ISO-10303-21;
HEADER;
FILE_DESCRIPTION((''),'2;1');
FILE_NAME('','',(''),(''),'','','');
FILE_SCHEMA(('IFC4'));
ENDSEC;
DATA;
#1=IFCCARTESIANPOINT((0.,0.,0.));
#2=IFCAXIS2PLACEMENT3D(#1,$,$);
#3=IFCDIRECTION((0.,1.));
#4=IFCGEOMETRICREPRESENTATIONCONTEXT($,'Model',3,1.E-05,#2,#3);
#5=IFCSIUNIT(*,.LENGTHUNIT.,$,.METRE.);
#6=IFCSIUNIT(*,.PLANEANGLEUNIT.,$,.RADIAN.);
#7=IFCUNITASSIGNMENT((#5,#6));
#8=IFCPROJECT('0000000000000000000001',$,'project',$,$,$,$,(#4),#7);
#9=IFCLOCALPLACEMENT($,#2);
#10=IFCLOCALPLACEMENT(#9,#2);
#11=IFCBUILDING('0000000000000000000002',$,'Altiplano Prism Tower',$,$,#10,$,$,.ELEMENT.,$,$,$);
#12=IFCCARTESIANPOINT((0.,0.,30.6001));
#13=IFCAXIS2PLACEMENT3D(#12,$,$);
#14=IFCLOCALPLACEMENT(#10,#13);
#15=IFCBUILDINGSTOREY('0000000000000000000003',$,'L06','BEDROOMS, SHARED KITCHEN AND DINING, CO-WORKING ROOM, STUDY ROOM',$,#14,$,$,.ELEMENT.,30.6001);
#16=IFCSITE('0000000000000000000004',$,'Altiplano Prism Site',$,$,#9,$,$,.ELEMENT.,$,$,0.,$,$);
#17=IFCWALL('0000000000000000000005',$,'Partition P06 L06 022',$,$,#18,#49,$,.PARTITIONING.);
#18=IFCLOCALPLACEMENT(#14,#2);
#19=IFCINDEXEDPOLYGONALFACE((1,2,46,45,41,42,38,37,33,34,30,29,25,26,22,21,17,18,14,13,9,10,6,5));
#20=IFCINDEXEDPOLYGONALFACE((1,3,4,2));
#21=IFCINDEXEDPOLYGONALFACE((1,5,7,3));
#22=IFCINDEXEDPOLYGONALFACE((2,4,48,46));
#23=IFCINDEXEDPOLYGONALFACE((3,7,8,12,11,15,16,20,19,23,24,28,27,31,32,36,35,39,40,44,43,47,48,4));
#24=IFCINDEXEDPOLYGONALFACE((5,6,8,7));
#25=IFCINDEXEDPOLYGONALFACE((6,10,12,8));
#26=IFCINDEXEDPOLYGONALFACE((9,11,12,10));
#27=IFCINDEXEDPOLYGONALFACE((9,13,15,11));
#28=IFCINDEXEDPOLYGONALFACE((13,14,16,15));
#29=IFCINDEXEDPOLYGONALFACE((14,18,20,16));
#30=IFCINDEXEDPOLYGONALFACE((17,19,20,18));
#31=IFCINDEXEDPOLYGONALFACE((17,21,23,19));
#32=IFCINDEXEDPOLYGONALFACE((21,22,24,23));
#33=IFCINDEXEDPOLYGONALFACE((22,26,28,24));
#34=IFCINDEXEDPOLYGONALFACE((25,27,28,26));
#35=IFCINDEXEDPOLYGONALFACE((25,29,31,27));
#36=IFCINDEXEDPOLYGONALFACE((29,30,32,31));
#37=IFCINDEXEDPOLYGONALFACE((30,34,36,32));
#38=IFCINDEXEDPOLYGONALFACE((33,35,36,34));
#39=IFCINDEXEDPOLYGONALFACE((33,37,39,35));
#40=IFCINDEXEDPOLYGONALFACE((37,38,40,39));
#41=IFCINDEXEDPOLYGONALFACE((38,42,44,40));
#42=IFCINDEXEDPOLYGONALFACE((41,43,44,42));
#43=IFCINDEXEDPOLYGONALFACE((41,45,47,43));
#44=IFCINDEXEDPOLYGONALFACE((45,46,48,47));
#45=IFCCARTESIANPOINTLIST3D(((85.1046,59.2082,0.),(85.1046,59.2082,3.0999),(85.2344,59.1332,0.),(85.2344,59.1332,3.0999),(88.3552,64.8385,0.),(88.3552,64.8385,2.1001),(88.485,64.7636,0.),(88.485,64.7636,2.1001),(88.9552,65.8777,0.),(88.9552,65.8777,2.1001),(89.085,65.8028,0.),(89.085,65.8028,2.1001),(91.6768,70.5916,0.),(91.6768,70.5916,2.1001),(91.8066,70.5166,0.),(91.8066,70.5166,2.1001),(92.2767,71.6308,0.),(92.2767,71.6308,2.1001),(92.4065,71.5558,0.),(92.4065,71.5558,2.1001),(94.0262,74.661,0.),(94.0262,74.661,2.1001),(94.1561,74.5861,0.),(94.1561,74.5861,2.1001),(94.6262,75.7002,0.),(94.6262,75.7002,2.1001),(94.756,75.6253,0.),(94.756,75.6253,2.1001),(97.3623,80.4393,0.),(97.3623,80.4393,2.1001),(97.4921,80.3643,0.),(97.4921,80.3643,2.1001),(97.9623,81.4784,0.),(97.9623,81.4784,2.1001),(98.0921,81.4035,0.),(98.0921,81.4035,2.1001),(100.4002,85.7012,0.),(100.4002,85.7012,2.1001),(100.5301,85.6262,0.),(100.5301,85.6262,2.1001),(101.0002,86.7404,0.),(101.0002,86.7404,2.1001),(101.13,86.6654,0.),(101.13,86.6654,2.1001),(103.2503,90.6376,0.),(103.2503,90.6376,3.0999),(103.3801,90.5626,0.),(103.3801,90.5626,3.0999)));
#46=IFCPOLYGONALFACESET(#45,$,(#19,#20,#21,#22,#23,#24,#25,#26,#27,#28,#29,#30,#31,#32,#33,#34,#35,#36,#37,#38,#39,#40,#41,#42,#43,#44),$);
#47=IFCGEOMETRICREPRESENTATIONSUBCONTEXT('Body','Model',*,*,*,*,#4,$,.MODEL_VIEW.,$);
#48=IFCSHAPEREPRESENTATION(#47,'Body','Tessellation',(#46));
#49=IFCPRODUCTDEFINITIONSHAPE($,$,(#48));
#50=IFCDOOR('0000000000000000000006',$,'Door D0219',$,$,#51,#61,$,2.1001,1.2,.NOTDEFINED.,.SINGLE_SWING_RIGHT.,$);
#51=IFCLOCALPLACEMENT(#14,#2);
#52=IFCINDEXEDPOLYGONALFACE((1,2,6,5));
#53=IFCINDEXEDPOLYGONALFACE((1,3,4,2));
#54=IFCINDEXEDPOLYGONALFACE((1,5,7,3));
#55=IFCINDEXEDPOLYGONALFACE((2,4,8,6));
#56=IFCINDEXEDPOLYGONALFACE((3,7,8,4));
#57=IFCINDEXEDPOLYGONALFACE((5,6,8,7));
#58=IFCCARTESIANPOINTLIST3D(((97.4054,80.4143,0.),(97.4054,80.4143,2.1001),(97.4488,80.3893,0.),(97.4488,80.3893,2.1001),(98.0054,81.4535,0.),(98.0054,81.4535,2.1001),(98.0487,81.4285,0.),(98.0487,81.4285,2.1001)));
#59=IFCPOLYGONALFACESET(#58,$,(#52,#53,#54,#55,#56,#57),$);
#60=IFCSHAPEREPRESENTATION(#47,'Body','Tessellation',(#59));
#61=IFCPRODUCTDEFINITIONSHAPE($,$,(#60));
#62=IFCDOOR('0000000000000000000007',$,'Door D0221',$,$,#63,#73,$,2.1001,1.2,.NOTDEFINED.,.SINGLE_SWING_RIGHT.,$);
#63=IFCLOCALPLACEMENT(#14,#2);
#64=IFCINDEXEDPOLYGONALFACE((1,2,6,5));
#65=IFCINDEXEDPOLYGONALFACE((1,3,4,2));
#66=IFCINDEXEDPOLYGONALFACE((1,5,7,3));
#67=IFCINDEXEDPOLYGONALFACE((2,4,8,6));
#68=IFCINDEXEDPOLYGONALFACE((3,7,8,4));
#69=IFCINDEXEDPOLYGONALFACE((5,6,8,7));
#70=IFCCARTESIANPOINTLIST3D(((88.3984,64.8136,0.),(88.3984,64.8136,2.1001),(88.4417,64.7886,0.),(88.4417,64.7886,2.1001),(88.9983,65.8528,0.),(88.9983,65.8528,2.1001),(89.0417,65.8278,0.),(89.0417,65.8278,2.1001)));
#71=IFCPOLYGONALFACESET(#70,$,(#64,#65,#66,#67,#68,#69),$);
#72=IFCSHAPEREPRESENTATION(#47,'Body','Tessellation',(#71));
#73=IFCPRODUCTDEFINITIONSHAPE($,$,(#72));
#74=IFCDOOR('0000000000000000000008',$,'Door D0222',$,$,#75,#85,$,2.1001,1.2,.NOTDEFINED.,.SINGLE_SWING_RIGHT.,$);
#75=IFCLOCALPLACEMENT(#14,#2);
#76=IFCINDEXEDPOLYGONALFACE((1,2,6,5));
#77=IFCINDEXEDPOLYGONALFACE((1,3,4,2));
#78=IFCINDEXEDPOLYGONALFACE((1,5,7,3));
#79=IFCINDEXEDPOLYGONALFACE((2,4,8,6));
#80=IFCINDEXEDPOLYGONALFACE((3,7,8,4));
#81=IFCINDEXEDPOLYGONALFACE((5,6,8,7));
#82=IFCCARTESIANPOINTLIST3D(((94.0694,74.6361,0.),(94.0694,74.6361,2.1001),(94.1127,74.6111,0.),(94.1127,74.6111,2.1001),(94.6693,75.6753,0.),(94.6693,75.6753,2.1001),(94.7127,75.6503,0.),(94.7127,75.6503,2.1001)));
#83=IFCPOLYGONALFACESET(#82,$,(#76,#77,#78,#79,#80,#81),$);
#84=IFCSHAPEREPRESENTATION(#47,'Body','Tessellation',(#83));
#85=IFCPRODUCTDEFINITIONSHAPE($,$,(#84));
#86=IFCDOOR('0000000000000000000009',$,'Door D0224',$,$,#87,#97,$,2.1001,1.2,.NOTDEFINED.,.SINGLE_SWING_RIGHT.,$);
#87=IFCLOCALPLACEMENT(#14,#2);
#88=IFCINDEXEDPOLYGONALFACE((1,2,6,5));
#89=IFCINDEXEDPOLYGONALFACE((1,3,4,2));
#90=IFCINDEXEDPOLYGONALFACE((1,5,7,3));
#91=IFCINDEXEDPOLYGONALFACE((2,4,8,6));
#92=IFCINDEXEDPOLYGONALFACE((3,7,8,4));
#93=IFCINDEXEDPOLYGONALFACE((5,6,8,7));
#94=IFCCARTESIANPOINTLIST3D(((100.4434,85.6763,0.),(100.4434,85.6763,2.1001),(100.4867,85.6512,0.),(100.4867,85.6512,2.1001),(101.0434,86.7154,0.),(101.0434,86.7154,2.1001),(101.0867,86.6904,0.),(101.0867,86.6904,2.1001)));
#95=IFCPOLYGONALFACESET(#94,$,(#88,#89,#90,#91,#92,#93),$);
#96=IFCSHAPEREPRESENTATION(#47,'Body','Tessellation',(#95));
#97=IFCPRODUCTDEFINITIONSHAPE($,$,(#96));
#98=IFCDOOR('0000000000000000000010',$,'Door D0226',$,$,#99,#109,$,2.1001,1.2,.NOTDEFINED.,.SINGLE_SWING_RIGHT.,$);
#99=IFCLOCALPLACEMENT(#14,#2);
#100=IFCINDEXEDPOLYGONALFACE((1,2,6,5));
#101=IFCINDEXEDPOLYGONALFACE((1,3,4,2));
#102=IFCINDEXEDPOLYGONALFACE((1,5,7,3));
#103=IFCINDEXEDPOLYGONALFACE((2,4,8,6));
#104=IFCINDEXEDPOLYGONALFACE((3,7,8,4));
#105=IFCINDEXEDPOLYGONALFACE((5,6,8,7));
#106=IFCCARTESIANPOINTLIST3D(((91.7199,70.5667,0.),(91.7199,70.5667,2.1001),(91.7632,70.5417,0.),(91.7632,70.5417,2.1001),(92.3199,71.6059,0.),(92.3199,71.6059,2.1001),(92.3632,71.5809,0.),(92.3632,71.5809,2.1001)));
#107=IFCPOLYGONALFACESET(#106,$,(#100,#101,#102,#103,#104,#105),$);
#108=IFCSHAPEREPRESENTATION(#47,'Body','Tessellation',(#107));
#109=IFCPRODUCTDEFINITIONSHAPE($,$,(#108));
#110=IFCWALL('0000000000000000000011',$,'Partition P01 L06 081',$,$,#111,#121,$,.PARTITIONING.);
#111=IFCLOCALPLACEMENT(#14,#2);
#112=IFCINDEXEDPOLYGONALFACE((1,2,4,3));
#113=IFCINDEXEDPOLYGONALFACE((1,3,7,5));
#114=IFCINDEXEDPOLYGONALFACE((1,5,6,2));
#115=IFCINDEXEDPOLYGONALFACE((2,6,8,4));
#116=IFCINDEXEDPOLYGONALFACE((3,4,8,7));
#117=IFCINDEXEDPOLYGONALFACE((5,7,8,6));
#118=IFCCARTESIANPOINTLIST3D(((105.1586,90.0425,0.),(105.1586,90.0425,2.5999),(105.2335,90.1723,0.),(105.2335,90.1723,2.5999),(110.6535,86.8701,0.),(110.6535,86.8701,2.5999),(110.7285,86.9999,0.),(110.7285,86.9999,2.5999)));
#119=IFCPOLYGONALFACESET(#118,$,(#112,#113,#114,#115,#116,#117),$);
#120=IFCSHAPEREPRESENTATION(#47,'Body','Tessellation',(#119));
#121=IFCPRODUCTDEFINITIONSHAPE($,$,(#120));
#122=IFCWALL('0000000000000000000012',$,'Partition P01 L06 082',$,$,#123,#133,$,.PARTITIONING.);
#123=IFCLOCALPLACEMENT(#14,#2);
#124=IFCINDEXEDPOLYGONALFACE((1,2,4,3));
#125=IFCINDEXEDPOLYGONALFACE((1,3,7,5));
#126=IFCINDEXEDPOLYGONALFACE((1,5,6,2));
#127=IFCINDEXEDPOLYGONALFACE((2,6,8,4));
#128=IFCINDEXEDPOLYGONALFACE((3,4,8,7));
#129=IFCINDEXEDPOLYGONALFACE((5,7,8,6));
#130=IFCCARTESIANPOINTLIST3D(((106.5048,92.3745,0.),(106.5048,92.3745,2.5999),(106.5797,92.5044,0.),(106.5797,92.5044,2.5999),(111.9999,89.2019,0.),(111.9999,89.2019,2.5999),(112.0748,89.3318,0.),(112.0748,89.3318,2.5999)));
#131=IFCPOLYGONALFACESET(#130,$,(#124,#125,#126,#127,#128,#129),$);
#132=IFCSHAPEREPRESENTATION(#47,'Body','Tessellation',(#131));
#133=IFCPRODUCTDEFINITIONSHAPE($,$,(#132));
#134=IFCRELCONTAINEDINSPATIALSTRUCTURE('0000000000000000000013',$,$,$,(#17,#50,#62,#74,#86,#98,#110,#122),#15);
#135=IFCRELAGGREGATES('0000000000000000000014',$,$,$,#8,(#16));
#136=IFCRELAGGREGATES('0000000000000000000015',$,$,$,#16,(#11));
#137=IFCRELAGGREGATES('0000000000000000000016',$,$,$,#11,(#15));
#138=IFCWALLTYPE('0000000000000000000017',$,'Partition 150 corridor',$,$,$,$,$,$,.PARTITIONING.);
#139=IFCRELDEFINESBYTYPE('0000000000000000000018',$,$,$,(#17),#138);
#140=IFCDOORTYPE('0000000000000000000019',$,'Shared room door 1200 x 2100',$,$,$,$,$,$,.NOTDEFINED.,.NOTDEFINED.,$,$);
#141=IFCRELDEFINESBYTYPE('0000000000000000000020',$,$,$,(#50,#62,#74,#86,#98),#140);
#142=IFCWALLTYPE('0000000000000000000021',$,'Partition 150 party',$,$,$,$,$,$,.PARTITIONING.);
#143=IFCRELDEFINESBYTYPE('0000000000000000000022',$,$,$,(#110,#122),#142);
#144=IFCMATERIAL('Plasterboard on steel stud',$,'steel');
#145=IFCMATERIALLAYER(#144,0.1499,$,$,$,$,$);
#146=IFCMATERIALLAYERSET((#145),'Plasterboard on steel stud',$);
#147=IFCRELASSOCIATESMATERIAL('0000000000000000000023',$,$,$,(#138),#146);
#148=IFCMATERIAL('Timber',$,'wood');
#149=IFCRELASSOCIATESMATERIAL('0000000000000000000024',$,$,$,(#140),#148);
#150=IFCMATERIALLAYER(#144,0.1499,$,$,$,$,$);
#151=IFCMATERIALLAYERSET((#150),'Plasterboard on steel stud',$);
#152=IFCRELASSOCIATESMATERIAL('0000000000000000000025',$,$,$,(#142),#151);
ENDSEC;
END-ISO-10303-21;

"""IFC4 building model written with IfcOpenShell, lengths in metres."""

from ifc_helpers import new_model, si_unit, direction, frame, frame_2d, origin, place, context, subcontext, project, spatial, rectangle, extrude, material, layer, layer_set, type_object, element, fill, save


model = new_model("IFC4")

# Units and contexts
model_context = context("Model", 3, precision=1e-05, world=origin(), true_north=direction((0.0, 1.0)))
body_context = subcontext(model_context, "Body", "Model", "MODEL_VIEW")
ifc_project = project(units=[si_unit("LENGTHUNIT", "METRE"), si_unit("PLANEANGLEUNIT", "RADIAN")], contexts=[model_context])

# Site, building, storey
site_placement = place(None, origin())
site = spatial("IfcSite", under=ifc_project, at=site_placement, Name="Altiplano Prism Site", CompositionType="ELEMENT", RefElevation=0.0)
building_placement = place(site_placement, origin())
building = spatial("IfcBuilding", under=site, at=building_placement, Name="Altiplano Prism Tower", CompositionType="ELEMENT")
storey_placement = place(building_placement, frame((0.0, 0.0, 30.6001)))
storey = spatial("IfcBuildingStorey", under=building, at=storey_placement, Name="L06", Description="BEDROOMS, SHARED KITCHEN AND DINING, CO-WORKING ROOM, STUDY ROOM", CompositionType="ELEMENT", Elevation=30.6001)

# Shared definitions
ifc_material_1 = material(Name="Plasterboard on steel stud", Category="steel")

# Shared definitions
ifc_material_2 = material(Name="Timber", Category="wood")

# Shared definitions
ifc_layer_1 = layer(ifc_material_1, 0.1499)
ifc_layer_set_1 = layer_set([ifc_layer_1], Name="Plasterboard on steel stud")
wall_type_1 = type_object("IfcWallType", Name="Partition 150 corridor", PredefinedType="PARTITIONING", material=ifc_layer_set_1)

# Shared definitions
door_type_1 = type_object("IfcDoorType", Name="Shared room door 1200 x 2100", OperationType="NOTDEFINED", PredefinedType="NOTDEFINED", material=ifc_material_2)

# Wall, openings, doors
wall_1_placement = place(storey_placement, frame((103.3152, 90.6001, 0.0), z_axis=(0.0, 0.0, 1.0), x_axis=(-0.499999, -0.866026, 0.0)))
wall_1 = element("IfcWall", 1, at=wall_1_placement, inside=storey, type_object=wall_type_1, Name="Partition P06 L06 022", PredefinedType="PARTITIONING", context=body_context, shape_type="SweptSolid", body=[
    extrude(rectangle(XDim=36.2915, YDim=0.1499, at=frame_2d((18.1458, 0.0))), origin(), (0.0, 0.0, 1.0), 3.0999),
])
opening_1_placement = place(wall_1_placement, frame((10.5759, 0.0, 0.0)))
opening_1 = element("IfcOpeningElement", 2, at=opening_1_placement, cuts=wall_1, PredefinedType="OPENING", context=body_context, shape_type="SweptSolid", body=[
    extrude(rectangle(XDim=1.2, YDim=2.1001, at=frame_2d((0.6001, 1.05))), frame((0.0, 0.0854, 0.0), z_axis=(0.0, -1.0, 0.0), x_axis=(1.0, 0.0, 0.0)), (0.0, 0.0, 1.0), 0.1709),
])
opening_2_placement = place(wall_1_placement, frame((28.5901, 0.0, 0.0)))
opening_2 = element("IfcOpeningElement", 3, at=opening_2_placement, cuts=wall_1, PredefinedType="OPENING", context=body_context, shape_type="SweptSolid", body=[
    extrude(rectangle(XDim=1.2, YDim=2.1001, at=frame_2d((0.6001, 1.05))), frame((0.0, 0.0854, 0.0), z_axis=(0.0, -1.0, 0.0), x_axis=(1.0, 0.0, 0.0)), (0.0, 0.0, 1.0), 0.1709),
])
opening_3_placement = place(wall_1_placement, frame((17.248, 0.0, 0.0)))
opening_3 = element("IfcOpeningElement", 4, at=opening_3_placement, cuts=wall_1, PredefinedType="OPENING", context=body_context, shape_type="SweptSolid", body=[
    extrude(rectangle(XDim=1.2, YDim=2.1001, at=frame_2d((0.6001, 1.05))), frame((0.0, 0.0854, 0.0), z_axis=(0.0, -1.0, 0.0), x_axis=(1.0, 0.0, 0.0)), (0.0, 0.0, 1.0), 0.1709),
])
opening_4_placement = place(wall_1_placement, frame((4.5, 0.0, 0.0)))
opening_4 = element("IfcOpeningElement", 5, at=opening_4_placement, cuts=wall_1, PredefinedType="OPENING", context=body_context, shape_type="SweptSolid", body=[
    extrude(rectangle(XDim=1.2, YDim=2.1001, at=frame_2d((0.6001, 1.05))), frame((0.0, 0.0854, 0.0), z_axis=(0.0, -1.0, 0.0), x_axis=(1.0, 0.0, 0.0)), (0.0, 0.0, 1.0), 0.1709),
])
opening_5_placement = place(wall_1_placement, frame((21.947, 0.0, 0.0)))
opening_5 = element("IfcOpeningElement", 6, at=opening_5_placement, cuts=wall_1, PredefinedType="OPENING", context=body_context, shape_type="SweptSolid", body=[
    extrude(rectangle(XDim=1.2, YDim=2.1001, at=frame_2d((0.6001, 1.05))), frame((0.0, 0.0854, 0.0), z_axis=(0.0, -1.0, 0.0), x_axis=(1.0, 0.0, 0.0)), (0.0, 0.0, 1.0), 0.1709),
])
door_1_placement = place(opening_1_placement, origin())
door_1 = element("IfcDoor", 7, at=door_1_placement, inside=storey, type_object=door_type_1, Name="Door D0219", OperationType="SINGLE_SWING_RIGHT", OverallHeight=2.1001, OverallWidth=1.2, PredefinedType="NOTDEFINED", context=body_context, shape_type="SweptSolid", body=[
    extrude(rectangle(XDim=1.2, YDim=2.1001, at=frame_2d((0.6001, 1.05))), frame((0.0, 0.0249, 0.0), z_axis=(0.0, -1.0, 0.0), x_axis=(1.0, 0.0, 0.0)), (0.0, 0.0, 1.0), 0.05),
])
fill(opening_1, door_1)
door_2_placement = place(opening_2_placement, origin())
door_2 = element("IfcDoor", 8, at=door_2_placement, inside=storey, type_object=door_type_1, Name="Door D0221", OperationType="SINGLE_SWING_RIGHT", OverallHeight=2.1001, OverallWidth=1.2, PredefinedType="NOTDEFINED", context=body_context, shape_type="SweptSolid", body=[
    extrude(rectangle(XDim=1.2, YDim=2.1001, at=frame_2d((0.6001, 1.05))), frame((0.0, 0.0249, 0.0), z_axis=(0.0, -1.0, 0.0), x_axis=(1.0, 0.0, 0.0)), (0.0, 0.0, 1.0), 0.05),
])
fill(opening_2, door_2)
door_3_placement = place(opening_3_placement, origin())
door_3 = element("IfcDoor", 9, at=door_3_placement, inside=storey, type_object=door_type_1, Name="Door D0222", OperationType="SINGLE_SWING_RIGHT", OverallHeight=2.1001, OverallWidth=1.2, PredefinedType="NOTDEFINED", context=body_context, shape_type="SweptSolid", body=[
    extrude(rectangle(XDim=1.2, YDim=2.1001, at=frame_2d((0.6001, 1.05))), frame((0.0, 0.0249, 0.0), z_axis=(0.0, -1.0, 0.0), x_axis=(1.0, 0.0, 0.0)), (0.0, 0.0, 1.0), 0.05),
])
fill(opening_3, door_3)
door_4_placement = place(opening_4_placement, origin())
door_4 = element("IfcDoor", 10, at=door_4_placement, inside=storey, type_object=door_type_1, Name="Door D0224", OperationType="SINGLE_SWING_RIGHT", OverallHeight=2.1001, OverallWidth=1.2, PredefinedType="NOTDEFINED", context=body_context, shape_type="SweptSolid", body=[
    extrude(rectangle(XDim=1.2, YDim=2.1001, at=frame_2d((0.6001, 1.05))), frame((0.0, 0.0249, 0.0), z_axis=(0.0, -1.0, 0.0), x_axis=(1.0, 0.0, 0.0)), (0.0, 0.0, 1.0), 0.05),
])
fill(opening_4, door_4)
door_5_placement = place(opening_5_placement, origin())
door_5 = element("IfcDoor", 11, at=door_5_placement, inside=storey, type_object=door_type_1, Name="Door D0226", OperationType="SINGLE_SWING_RIGHT", OverallHeight=2.1001, OverallWidth=1.2, PredefinedType="NOTDEFINED", context=body_context, shape_type="SweptSolid", body=[
    extrude(rectangle(XDim=1.2, YDim=2.1001, at=frame_2d((0.6001, 1.05))), frame((0.0, 0.0249, 0.0), z_axis=(0.0, -1.0, 0.0), x_axis=(1.0, 0.0, 0.0)), (0.0, 0.0, 1.0), 0.05),
])
fill(opening_5, door_5)

# Walls
ifc_layer_2 = layer(ifc_material_1, 0.1499)
ifc_layer_set_2 = layer_set([ifc_layer_2], Name="Plasterboard on steel stud")
wall_type_2 = type_object("IfcWallType", Name="Partition 150 party", PredefinedType="PARTITIONING", material=ifc_layer_set_2)
wall_2_placement = place(storey_placement, frame((110.6909, 86.9351, 0.0), z_axis=(0.0, 0.0, 1.0), x_axis=(-0.866032, 0.499988, 0.0)))
element("IfcWall", 12, at=wall_2_placement, inside=storey, type_object=wall_type_2, Name="Partition P01 L06 081", PredefinedType="PARTITIONING", context=body_context, shape_type="SweptSolid", body=[
    extrude(rectangle(XDim=6.345, YDim=0.1499, at=frame_2d((3.1724, 0.0))), origin(), (0.0, 0.0, 1.0), 2.5999),
])
wall_3_placement = place(storey_placement, frame((112.0374, 89.2668, 0.0), z_axis=(0.0, 0.0, 1.0), x_axis=(-0.866025, 0.5, 0.0)))
element("IfcWall", 13, at=wall_3_placement, inside=storey, type_object=wall_type_2, Name="Partition P01 L06 082", PredefinedType="PARTITIONING", context=body_context, shape_type="SweptSolid", body=[
    extrude(rectangle(XDim=6.3452, YDim=0.1499, at=frame_2d((3.1726, 0.0))), origin(), (0.0, 0.0, 1.0), 2.5999),
])

save(model, "model.ifc")
